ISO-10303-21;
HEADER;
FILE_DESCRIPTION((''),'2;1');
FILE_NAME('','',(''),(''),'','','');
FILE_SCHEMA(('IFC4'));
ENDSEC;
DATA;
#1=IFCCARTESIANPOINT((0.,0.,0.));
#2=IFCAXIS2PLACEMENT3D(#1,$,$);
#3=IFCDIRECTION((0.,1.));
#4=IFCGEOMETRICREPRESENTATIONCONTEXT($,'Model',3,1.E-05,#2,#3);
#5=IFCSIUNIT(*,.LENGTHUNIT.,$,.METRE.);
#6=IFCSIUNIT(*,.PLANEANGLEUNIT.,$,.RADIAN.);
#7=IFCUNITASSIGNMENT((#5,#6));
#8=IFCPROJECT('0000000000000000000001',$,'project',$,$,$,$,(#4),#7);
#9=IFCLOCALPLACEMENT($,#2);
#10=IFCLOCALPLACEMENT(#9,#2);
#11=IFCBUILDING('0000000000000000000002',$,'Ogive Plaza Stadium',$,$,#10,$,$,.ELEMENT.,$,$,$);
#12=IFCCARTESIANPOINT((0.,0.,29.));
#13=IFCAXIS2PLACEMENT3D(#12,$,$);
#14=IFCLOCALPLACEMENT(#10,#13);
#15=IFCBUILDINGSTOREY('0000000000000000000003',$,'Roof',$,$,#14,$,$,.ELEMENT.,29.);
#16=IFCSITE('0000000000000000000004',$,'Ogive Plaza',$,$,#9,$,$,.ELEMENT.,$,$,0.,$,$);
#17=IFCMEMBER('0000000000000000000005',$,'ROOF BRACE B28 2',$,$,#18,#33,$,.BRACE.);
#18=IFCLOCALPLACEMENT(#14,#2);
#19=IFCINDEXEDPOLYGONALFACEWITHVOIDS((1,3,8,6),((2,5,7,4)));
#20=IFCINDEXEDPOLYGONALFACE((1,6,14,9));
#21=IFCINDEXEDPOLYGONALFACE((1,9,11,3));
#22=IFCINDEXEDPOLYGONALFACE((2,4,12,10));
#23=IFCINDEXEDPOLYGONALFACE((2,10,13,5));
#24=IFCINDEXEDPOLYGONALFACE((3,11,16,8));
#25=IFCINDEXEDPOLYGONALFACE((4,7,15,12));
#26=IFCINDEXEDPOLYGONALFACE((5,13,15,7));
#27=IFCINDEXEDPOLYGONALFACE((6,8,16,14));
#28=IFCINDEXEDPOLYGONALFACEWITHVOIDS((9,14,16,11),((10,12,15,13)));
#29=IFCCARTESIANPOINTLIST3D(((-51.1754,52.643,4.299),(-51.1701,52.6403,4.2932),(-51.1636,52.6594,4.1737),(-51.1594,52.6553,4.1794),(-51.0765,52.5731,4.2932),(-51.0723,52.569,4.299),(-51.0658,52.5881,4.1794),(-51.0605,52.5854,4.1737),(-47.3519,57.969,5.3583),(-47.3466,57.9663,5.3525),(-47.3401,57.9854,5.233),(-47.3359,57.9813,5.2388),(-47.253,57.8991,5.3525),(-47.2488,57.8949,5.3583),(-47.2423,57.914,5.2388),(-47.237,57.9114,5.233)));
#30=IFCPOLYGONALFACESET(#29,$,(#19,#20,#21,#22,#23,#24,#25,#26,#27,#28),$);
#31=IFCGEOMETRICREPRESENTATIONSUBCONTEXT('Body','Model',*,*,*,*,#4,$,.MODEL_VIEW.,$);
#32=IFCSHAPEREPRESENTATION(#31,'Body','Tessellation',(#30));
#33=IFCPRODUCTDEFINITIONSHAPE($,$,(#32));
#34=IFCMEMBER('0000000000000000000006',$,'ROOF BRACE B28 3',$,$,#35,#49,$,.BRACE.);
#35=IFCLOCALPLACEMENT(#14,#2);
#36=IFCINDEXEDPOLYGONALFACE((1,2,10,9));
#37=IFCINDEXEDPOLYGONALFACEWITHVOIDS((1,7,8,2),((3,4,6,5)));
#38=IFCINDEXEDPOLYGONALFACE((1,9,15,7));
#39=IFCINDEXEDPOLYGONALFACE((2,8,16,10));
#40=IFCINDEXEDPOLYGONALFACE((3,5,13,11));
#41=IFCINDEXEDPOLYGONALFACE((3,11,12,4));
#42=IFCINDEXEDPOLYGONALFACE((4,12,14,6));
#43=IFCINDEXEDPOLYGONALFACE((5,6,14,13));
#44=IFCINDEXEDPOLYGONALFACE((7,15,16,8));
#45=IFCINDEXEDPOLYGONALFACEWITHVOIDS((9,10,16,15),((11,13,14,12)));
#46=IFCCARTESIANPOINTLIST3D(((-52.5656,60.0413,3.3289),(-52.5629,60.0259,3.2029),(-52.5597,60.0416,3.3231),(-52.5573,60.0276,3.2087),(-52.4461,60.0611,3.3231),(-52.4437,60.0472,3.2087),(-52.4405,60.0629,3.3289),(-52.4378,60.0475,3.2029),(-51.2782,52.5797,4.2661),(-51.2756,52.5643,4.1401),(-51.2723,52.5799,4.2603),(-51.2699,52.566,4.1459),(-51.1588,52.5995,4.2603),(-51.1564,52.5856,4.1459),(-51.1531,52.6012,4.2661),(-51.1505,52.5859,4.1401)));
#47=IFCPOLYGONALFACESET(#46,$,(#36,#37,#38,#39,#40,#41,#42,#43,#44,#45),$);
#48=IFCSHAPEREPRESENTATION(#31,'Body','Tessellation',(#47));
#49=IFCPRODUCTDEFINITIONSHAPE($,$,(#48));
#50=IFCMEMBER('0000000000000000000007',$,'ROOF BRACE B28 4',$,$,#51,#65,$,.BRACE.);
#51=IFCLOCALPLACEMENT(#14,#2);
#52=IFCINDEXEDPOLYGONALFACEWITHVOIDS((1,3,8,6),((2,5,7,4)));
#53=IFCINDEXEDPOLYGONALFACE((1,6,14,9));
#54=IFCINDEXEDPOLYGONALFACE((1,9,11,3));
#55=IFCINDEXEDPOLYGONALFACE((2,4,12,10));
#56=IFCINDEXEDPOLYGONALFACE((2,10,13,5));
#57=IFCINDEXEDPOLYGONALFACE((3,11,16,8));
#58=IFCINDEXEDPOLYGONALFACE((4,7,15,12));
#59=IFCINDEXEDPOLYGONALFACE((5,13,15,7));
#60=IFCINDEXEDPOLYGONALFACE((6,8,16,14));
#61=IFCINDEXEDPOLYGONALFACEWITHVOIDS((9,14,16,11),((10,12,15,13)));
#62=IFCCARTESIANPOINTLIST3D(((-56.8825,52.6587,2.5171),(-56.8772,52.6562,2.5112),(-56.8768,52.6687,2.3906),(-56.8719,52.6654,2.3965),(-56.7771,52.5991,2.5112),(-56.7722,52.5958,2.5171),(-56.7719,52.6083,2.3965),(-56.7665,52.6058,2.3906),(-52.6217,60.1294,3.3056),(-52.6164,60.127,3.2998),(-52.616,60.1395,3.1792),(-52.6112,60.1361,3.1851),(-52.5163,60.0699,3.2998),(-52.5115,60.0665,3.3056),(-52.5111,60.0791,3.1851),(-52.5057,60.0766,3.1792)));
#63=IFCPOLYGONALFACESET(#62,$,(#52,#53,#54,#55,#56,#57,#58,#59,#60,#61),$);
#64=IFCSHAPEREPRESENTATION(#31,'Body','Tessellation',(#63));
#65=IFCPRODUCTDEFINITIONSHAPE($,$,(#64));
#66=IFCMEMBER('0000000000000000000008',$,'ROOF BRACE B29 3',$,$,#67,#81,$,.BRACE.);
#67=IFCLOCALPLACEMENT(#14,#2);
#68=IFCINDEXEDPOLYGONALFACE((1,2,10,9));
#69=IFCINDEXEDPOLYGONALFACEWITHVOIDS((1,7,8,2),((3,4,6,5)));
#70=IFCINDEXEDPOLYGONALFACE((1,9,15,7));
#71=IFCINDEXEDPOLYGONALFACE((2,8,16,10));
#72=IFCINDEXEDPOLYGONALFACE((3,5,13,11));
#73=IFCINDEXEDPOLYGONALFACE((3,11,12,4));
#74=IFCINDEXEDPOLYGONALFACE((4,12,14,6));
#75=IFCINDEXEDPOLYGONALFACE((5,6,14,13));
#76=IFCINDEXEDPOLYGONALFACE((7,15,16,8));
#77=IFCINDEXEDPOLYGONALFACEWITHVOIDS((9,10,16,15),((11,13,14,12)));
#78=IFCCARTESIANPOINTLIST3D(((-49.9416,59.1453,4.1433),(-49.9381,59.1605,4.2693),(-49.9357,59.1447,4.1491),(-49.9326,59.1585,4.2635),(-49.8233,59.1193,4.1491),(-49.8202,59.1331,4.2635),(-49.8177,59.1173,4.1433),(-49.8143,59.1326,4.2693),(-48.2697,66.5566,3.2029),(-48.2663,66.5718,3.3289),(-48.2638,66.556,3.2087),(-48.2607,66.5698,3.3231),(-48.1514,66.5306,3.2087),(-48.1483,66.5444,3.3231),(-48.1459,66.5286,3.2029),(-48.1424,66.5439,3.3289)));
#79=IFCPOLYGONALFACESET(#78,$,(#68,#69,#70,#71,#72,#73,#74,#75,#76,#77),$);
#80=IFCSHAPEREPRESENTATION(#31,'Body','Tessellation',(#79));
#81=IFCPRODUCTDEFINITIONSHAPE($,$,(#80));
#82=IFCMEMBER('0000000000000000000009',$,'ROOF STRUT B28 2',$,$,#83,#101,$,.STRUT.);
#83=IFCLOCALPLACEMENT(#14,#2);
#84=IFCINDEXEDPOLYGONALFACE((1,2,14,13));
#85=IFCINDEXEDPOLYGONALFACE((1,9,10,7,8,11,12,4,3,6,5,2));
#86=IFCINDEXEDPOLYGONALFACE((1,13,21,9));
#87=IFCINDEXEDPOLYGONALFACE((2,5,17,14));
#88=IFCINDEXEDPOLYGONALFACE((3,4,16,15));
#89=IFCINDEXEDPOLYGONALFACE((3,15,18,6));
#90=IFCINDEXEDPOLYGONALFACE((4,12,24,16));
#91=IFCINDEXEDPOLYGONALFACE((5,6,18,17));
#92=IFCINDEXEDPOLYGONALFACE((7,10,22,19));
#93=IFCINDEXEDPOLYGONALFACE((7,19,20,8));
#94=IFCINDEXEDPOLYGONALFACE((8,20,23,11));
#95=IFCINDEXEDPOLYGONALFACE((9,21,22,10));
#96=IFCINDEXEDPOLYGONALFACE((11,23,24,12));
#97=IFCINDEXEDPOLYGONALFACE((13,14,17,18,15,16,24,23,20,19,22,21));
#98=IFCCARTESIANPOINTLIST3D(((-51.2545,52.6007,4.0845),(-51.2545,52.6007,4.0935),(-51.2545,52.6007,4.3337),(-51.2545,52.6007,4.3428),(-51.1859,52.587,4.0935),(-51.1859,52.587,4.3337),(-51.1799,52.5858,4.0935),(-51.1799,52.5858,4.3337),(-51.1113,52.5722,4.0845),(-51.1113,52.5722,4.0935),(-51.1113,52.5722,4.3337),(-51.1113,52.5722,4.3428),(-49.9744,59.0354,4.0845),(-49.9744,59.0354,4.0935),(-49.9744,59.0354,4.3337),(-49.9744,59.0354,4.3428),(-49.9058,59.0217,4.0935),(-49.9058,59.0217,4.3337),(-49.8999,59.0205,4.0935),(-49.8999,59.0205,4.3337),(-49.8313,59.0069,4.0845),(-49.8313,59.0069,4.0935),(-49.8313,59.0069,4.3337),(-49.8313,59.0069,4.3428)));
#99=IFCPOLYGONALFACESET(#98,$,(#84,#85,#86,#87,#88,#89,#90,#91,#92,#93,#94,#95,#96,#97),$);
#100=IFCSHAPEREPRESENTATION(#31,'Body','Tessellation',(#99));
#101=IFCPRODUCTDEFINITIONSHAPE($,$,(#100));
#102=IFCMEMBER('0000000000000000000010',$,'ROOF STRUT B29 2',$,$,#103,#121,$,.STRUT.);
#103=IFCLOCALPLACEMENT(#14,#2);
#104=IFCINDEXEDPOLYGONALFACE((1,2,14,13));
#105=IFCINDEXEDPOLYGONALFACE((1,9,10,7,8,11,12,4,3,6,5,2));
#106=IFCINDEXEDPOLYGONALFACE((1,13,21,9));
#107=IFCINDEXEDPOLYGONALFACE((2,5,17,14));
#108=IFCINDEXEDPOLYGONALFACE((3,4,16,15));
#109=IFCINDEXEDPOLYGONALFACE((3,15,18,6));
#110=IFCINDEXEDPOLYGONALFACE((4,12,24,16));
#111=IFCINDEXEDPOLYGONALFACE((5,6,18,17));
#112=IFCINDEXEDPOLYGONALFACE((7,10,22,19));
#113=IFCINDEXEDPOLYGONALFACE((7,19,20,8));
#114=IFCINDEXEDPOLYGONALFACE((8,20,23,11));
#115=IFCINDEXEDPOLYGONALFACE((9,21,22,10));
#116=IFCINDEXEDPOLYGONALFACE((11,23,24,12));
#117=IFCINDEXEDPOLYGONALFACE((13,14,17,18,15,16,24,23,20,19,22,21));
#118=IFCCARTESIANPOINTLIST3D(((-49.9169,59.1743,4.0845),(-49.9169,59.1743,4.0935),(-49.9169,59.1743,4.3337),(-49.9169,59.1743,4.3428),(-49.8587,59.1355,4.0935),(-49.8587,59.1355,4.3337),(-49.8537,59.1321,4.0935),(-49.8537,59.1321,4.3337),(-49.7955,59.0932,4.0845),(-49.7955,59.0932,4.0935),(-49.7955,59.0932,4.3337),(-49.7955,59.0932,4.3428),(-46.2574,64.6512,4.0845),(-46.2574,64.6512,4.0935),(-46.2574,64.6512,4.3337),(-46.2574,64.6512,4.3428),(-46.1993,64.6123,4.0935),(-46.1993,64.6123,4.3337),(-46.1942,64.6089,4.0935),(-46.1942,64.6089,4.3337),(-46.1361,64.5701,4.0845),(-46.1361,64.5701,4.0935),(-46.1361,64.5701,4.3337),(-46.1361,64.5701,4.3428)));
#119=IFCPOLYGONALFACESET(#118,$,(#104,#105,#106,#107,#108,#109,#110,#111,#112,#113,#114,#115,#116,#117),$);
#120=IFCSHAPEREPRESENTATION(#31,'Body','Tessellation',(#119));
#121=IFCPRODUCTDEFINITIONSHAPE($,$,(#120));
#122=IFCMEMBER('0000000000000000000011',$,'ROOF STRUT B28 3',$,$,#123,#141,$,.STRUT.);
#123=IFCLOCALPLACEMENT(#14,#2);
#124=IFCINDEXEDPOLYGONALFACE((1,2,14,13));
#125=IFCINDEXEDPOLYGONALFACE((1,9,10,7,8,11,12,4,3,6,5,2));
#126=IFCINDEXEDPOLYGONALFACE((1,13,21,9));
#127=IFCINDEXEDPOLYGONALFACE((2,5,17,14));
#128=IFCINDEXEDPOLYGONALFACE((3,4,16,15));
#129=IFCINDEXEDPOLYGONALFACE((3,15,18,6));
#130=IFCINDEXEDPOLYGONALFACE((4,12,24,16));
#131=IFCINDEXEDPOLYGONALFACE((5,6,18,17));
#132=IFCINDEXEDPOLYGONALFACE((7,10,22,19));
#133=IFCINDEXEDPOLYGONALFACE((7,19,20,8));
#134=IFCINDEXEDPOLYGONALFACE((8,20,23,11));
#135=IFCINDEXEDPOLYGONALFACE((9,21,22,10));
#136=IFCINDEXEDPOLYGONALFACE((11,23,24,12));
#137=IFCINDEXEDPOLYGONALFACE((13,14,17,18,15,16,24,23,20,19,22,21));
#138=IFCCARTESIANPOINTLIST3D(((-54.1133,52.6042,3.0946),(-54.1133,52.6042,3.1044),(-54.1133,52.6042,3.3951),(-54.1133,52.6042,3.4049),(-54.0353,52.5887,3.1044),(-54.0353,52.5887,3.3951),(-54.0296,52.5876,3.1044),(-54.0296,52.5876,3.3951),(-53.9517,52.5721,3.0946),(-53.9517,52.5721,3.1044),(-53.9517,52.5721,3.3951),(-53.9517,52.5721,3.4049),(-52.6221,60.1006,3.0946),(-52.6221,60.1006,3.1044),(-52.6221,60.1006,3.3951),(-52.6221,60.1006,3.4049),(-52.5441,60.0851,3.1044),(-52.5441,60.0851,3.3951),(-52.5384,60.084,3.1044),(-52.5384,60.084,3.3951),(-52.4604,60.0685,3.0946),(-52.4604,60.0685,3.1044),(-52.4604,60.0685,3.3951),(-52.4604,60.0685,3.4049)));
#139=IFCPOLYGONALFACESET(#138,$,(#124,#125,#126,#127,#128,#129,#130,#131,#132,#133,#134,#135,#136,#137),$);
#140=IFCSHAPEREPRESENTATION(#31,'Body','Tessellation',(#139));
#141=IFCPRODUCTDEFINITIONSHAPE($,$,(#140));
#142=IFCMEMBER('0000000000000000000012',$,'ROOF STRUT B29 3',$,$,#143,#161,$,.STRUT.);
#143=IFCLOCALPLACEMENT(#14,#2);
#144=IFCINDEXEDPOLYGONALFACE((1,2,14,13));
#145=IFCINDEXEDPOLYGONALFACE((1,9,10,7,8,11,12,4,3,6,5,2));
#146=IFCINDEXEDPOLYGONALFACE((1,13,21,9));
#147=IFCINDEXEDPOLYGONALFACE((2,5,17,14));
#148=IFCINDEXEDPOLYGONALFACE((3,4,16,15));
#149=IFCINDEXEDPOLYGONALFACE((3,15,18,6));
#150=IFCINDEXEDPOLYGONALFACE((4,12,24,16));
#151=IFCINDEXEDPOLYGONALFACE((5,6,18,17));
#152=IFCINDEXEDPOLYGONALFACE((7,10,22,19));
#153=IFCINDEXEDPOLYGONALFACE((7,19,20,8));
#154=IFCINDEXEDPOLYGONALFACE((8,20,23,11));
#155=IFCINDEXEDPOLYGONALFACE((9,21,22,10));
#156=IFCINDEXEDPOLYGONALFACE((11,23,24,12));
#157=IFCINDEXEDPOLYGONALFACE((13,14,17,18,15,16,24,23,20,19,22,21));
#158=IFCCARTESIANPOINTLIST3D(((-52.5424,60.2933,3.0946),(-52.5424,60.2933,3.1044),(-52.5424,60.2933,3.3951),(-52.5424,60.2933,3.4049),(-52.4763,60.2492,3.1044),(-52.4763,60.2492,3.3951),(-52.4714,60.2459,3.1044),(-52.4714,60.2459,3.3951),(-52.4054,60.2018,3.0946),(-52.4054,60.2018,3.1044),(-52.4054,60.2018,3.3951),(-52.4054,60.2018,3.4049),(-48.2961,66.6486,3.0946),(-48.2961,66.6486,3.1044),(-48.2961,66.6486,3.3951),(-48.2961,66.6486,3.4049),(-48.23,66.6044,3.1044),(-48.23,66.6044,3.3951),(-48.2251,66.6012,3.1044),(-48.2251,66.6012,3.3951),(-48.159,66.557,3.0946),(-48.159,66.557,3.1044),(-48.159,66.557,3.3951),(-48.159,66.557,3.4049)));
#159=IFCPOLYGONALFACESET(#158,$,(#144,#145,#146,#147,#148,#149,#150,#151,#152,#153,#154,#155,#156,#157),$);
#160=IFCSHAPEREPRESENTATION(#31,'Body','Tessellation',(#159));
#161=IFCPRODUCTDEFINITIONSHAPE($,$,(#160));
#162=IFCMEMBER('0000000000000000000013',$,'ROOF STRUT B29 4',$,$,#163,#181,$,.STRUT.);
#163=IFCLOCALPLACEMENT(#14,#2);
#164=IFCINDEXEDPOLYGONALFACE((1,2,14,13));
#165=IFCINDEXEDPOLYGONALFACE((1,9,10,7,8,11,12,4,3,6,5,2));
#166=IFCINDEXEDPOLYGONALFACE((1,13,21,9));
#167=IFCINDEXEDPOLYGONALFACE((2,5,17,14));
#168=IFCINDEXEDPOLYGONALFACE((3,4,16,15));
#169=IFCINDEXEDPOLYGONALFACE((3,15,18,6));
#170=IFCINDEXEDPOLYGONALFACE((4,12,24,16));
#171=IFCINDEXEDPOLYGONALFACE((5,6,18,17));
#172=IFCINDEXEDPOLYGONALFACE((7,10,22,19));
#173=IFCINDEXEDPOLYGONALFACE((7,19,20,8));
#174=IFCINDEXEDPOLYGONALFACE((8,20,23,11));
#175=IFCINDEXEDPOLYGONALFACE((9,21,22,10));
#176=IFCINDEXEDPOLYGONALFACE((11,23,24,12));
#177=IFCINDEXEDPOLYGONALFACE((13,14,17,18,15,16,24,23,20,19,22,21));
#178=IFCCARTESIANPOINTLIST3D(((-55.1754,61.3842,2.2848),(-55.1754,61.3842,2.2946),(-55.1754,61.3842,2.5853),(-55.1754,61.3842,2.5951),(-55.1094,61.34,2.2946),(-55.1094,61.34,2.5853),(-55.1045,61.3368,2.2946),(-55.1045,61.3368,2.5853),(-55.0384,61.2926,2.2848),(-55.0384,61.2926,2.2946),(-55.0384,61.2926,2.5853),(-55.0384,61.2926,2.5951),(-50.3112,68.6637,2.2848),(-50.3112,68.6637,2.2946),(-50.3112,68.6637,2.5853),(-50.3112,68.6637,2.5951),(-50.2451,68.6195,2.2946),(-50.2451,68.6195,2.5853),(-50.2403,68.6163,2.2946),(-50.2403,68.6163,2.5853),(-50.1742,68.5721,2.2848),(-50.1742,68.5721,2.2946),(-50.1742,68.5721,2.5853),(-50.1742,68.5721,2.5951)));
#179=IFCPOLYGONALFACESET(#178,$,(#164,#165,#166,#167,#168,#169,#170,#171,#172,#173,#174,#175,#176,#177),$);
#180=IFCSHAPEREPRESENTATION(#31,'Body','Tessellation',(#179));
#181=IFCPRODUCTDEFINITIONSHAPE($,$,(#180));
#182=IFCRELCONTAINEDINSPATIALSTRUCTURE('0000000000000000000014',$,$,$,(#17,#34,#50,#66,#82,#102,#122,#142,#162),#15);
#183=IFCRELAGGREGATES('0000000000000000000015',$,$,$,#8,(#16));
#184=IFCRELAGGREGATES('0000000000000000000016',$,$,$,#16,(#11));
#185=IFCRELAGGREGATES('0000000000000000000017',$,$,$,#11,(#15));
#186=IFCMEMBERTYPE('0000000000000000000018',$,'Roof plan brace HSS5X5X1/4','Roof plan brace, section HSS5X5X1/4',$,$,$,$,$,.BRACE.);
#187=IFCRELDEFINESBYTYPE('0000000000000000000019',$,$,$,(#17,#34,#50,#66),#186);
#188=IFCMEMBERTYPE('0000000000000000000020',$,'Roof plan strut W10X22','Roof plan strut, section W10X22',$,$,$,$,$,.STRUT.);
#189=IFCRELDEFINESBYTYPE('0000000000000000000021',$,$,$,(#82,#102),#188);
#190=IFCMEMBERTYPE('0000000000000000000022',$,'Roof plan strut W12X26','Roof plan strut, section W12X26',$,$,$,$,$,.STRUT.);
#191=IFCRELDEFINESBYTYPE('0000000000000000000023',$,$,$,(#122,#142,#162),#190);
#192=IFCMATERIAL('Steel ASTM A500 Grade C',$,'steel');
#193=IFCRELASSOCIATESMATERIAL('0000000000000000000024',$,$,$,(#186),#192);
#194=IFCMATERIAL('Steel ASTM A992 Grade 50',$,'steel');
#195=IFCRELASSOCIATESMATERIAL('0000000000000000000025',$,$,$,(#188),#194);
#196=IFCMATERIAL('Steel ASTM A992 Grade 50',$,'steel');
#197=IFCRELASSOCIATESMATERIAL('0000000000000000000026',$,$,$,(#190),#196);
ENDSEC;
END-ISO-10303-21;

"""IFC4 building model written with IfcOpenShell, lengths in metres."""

from ifc_helpers import new_model, si_unit, direction, frame, origin, origin_2d, place, context, subcontext, project, spatial, hollow_rectangle, i_section, extrude, material, material_profile, profile_set, type_object, element, save


model = new_model("IFC4")

# Units and contexts
model_context = context("Model", 3, precision=1e-05, world=origin(), true_north=direction((0.0, 1.0)))
body_context = subcontext(model_context, "Body", "Model", "MODEL_VIEW")
ifc_project = project(units=[si_unit("LENGTHUNIT", "METRE"), si_unit("PLANEANGLEUNIT", "RADIAN")], contexts=[model_context])

# Site, building, storey
site_placement = place(None, origin())
site = spatial("IfcSite", under=ifc_project, at=site_placement, Name="Ogive Plaza", CompositionType="ELEMENT", RefElevation=0.0)
building_placement = place(site_placement, origin())
building = spatial("IfcBuilding", under=site, at=building_placement, Name="Ogive Plaza Stadium", CompositionType="ELEMENT")
storey_placement = place(building_placement, frame((0.0, 0.0, 29.0)))
storey = spatial("IfcBuildingStorey", under=building, at=storey_placement, Name="Roof", CompositionType="ELEMENT", Elevation=29.0)

# Members
ifc_material_1 = material(Name="Steel ASTM A500 Grade C", Category="steel")
ifc_material_profile_1 = material_profile(ifc_material_1, hollow_rectangle(XDim=0.127, YDim=0.127, WallThickness=0.0059, at=origin_2d()), Name="HSS5X5X1/4")
ifc_profile_set_1 = profile_set([ifc_material_profile_1], Name="Steel ASTM A500 Grade C")
member_type_1 = type_object("IfcMemberType", Name="Roof plan brace HSS5X5X1/4", Description="Roof plan brace, section HSS5X5X1/4", PredefinedType="BRACE", material=ifc_profile_set_1)
member_1_placement = place(storey_placement, frame((-47.2944, 57.9402, 5.2957), z_axis=(-0.575714, -0.801942, -0.159506), x_axis=(0.812342, -0.583181, 0.0)))
element("IfcMember", 1, at=member_1_placement, inside=storey, type_object=member_type_1, Name="ROOF BRACE B28 2", PredefinedType="BRACE", context=body_context, shape_type="SweptSolid", body=[
    extrude(hollow_rectangle(XDim=0.127, YDim=0.127, WallThickness=0.0059, at=origin_2d()), origin(), (0.0, 0.0, 1.0), 6.6414),
])
member_2_placement = place(storey_placement, frame((-51.2144, 52.5828, 4.2031), z_axis=(-0.168729, 0.977977, -0.122843), x_axis=(-0.985441, -0.170017, 0.0)))
element("IfcMember", 2, at=member_2_placement, inside=storey, type_object=member_type_1, Name="ROOF BRACE B28 3", PredefinedType="BRACE", context=body_context, shape_type="SweptSolid", body=[
    extrude(hollow_rectangle(XDim=0.127, YDim=0.127, WallThickness=0.0059, at=origin_2d()), origin(), (0.0, 0.0, 1.0), 7.6296),
])
member_3_placement = place(storey_placement, frame((-52.5637, 60.103, 3.2424), z_axis=(-0.493348, -0.865026, -0.091308), x_axis=(0.868655, -0.495417, 0.0)))
element("IfcMember", 3, at=member_3_placement, inside=storey, type_object=member_type_1, Name="ROOF BRACE B28 4", PredefinedType="BRACE", context=body_context, shape_type="SweptSolid", body=[
    extrude(hollow_rectangle(XDim=0.127, YDim=0.127, WallThickness=0.0059, at=origin_2d()), origin(), (0.0, 0.0, 1.0), 8.6365),
])
member_4_placement = place(storey_placement, frame((-49.8779, 59.1389, 4.2063), z_axis=(0.218386, 0.9681, -0.122842), x_axis=(-0.975488, 0.220053, 0.0)))
element("IfcMember", 4, at=member_4_placement, inside=storey, type_object=member_type_1, Name="ROOF BRACE B29 3", PredefinedType="BRACE", context=body_context, shape_type="SweptSolid", body=[
    extrude(hollow_rectangle(XDim=0.127, YDim=0.127, WallThickness=0.0059, at=origin_2d()), origin(), (0.0, 0.0, 1.0), 7.6555),
])
ifc_material_2 = material(Name="Steel ASTM A992 Grade 50", Category="steel")
ifc_material_profile_2 = material_profile(ifc_material_2, i_section(OverallWidth=0.146, OverallDepth=0.2583, WebThickness=0.0061, FlangeThickness=0.009, at=origin_2d()), Name="W10X22")
ifc_profile_set_2 = profile_set([ifc_material_profile_2], Name="Steel ASTM A992 Grade 50")
member_type_2 = type_object("IfcMemberType", Name="Roof plan strut W10X22", Description="Roof plan strut, section W10X22", PredefinedType="STRUT", material=ifc_profile_set_2)
member_5_placement = place(storey_placement, frame((-51.1829, 52.5864, 4.2136), z_axis=(0.1951, 0.980783, 0.0), x_axis=(-0.980783, 0.1951, 0.0)))
element("IfcMember", 5, at=member_5_placement, inside=storey, type_object=member_type_2, Name="ROOF STRUT B28 2", PredefinedType="STRUT", context=body_context, shape_type="SweptSolid", body=[
    extrude(i_section(OverallWidth=0.146, OverallDepth=0.2583, WebThickness=0.0061, FlangeThickness=0.009, at=origin_2d()), origin(), (0.0, 0.0, 1.0), 6.5608),
])
member_6_placement = place(storey_placement, frame((-49.8562, 59.1338, 4.2136), z_axis=(0.555564, 0.831474, 0.0), x_axis=(-0.831474, 0.555564, 0.0)))
element("IfcMember", 6, at=member_6_placement, inside=storey, type_object=member_type_2, Name="ROOF STRUT B29 2", PredefinedType="STRUT", context=body_context, shape_type="SweptSolid", body=[
    extrude(i_section(OverallWidth=0.146, OverallDepth=0.2583, WebThickness=0.0061, FlangeThickness=0.009, at=origin_2d()), origin(), (0.0, 0.0, 1.0), 6.5869),
])
ifc_material_3 = material(Name="Steel ASTM A992 Grade 50", Category="steel")
ifc_material_profile_3 = material_profile(ifc_material_3, i_section(OverallWidth=0.1648, OverallDepth=0.3103, WebThickness=0.0059, FlangeThickness=0.0098, at=origin_2d()), Name="W12X26")
ifc_profile_set_3 = profile_set([ifc_material_profile_3], Name="Steel ASTM A992 Grade 50")
member_type_3 = type_object("IfcMemberType", Name="Roof plan strut W12X26", Description="Roof plan strut, section W12X26", PredefinedType="STRUT", material=ifc_profile_set_3)
for number, where, z_axis, x_axis, name in (
    (7, (-54.0325, 52.5881, 3.2498), (0.195102, 0.980783, 0.0), (-0.980783, 0.195102, 0.0), "ROOF STRUT B28 3"),
    (8, (-52.4739, 60.2476, 3.2498), (0.555562, 0.831475, 0.0), (-0.831475, 0.555562, 0.0), "ROOF STRUT B29 3"),
):
    element("IfcMember", number, at=place(storey_placement, frame(where, z_axis=z_axis, x_axis=x_axis)), inside=storey, type_object=member_type_3, Name=name, PredefinedType="STRUT", context=body_context, shape_type="SweptSolid", body=[
        extrude(i_section(OverallWidth=0.1648, OverallDepth=0.3103, WebThickness=0.0059, FlangeThickness=0.0098, at=origin_2d()), origin(), (0.0, 0.0, 1.0), 7.6433),
    ])
member_7_placement = place(storey_placement, frame((-55.1069, 61.3384, 2.4399), z_axis=(0.555588, 0.831458, 0.0), x_axis=(-0.831458, 0.555588, 0.0)))
element("IfcMember", 9, at=member_7_placement, inside=storey, type_object=member_type_3, Name="ROOF STRUT B29 4", PredefinedType="STRUT", context=body_context, shape_type="SweptSolid", body=[
    extrude(i_section(OverallWidth=0.1648, OverallDepth=0.3103, WebThickness=0.0059, FlangeThickness=0.0098, at=origin_2d()), origin(), (0.0, 0.0, 1.0), 8.7551),
])

save(model, "model.ifc")
